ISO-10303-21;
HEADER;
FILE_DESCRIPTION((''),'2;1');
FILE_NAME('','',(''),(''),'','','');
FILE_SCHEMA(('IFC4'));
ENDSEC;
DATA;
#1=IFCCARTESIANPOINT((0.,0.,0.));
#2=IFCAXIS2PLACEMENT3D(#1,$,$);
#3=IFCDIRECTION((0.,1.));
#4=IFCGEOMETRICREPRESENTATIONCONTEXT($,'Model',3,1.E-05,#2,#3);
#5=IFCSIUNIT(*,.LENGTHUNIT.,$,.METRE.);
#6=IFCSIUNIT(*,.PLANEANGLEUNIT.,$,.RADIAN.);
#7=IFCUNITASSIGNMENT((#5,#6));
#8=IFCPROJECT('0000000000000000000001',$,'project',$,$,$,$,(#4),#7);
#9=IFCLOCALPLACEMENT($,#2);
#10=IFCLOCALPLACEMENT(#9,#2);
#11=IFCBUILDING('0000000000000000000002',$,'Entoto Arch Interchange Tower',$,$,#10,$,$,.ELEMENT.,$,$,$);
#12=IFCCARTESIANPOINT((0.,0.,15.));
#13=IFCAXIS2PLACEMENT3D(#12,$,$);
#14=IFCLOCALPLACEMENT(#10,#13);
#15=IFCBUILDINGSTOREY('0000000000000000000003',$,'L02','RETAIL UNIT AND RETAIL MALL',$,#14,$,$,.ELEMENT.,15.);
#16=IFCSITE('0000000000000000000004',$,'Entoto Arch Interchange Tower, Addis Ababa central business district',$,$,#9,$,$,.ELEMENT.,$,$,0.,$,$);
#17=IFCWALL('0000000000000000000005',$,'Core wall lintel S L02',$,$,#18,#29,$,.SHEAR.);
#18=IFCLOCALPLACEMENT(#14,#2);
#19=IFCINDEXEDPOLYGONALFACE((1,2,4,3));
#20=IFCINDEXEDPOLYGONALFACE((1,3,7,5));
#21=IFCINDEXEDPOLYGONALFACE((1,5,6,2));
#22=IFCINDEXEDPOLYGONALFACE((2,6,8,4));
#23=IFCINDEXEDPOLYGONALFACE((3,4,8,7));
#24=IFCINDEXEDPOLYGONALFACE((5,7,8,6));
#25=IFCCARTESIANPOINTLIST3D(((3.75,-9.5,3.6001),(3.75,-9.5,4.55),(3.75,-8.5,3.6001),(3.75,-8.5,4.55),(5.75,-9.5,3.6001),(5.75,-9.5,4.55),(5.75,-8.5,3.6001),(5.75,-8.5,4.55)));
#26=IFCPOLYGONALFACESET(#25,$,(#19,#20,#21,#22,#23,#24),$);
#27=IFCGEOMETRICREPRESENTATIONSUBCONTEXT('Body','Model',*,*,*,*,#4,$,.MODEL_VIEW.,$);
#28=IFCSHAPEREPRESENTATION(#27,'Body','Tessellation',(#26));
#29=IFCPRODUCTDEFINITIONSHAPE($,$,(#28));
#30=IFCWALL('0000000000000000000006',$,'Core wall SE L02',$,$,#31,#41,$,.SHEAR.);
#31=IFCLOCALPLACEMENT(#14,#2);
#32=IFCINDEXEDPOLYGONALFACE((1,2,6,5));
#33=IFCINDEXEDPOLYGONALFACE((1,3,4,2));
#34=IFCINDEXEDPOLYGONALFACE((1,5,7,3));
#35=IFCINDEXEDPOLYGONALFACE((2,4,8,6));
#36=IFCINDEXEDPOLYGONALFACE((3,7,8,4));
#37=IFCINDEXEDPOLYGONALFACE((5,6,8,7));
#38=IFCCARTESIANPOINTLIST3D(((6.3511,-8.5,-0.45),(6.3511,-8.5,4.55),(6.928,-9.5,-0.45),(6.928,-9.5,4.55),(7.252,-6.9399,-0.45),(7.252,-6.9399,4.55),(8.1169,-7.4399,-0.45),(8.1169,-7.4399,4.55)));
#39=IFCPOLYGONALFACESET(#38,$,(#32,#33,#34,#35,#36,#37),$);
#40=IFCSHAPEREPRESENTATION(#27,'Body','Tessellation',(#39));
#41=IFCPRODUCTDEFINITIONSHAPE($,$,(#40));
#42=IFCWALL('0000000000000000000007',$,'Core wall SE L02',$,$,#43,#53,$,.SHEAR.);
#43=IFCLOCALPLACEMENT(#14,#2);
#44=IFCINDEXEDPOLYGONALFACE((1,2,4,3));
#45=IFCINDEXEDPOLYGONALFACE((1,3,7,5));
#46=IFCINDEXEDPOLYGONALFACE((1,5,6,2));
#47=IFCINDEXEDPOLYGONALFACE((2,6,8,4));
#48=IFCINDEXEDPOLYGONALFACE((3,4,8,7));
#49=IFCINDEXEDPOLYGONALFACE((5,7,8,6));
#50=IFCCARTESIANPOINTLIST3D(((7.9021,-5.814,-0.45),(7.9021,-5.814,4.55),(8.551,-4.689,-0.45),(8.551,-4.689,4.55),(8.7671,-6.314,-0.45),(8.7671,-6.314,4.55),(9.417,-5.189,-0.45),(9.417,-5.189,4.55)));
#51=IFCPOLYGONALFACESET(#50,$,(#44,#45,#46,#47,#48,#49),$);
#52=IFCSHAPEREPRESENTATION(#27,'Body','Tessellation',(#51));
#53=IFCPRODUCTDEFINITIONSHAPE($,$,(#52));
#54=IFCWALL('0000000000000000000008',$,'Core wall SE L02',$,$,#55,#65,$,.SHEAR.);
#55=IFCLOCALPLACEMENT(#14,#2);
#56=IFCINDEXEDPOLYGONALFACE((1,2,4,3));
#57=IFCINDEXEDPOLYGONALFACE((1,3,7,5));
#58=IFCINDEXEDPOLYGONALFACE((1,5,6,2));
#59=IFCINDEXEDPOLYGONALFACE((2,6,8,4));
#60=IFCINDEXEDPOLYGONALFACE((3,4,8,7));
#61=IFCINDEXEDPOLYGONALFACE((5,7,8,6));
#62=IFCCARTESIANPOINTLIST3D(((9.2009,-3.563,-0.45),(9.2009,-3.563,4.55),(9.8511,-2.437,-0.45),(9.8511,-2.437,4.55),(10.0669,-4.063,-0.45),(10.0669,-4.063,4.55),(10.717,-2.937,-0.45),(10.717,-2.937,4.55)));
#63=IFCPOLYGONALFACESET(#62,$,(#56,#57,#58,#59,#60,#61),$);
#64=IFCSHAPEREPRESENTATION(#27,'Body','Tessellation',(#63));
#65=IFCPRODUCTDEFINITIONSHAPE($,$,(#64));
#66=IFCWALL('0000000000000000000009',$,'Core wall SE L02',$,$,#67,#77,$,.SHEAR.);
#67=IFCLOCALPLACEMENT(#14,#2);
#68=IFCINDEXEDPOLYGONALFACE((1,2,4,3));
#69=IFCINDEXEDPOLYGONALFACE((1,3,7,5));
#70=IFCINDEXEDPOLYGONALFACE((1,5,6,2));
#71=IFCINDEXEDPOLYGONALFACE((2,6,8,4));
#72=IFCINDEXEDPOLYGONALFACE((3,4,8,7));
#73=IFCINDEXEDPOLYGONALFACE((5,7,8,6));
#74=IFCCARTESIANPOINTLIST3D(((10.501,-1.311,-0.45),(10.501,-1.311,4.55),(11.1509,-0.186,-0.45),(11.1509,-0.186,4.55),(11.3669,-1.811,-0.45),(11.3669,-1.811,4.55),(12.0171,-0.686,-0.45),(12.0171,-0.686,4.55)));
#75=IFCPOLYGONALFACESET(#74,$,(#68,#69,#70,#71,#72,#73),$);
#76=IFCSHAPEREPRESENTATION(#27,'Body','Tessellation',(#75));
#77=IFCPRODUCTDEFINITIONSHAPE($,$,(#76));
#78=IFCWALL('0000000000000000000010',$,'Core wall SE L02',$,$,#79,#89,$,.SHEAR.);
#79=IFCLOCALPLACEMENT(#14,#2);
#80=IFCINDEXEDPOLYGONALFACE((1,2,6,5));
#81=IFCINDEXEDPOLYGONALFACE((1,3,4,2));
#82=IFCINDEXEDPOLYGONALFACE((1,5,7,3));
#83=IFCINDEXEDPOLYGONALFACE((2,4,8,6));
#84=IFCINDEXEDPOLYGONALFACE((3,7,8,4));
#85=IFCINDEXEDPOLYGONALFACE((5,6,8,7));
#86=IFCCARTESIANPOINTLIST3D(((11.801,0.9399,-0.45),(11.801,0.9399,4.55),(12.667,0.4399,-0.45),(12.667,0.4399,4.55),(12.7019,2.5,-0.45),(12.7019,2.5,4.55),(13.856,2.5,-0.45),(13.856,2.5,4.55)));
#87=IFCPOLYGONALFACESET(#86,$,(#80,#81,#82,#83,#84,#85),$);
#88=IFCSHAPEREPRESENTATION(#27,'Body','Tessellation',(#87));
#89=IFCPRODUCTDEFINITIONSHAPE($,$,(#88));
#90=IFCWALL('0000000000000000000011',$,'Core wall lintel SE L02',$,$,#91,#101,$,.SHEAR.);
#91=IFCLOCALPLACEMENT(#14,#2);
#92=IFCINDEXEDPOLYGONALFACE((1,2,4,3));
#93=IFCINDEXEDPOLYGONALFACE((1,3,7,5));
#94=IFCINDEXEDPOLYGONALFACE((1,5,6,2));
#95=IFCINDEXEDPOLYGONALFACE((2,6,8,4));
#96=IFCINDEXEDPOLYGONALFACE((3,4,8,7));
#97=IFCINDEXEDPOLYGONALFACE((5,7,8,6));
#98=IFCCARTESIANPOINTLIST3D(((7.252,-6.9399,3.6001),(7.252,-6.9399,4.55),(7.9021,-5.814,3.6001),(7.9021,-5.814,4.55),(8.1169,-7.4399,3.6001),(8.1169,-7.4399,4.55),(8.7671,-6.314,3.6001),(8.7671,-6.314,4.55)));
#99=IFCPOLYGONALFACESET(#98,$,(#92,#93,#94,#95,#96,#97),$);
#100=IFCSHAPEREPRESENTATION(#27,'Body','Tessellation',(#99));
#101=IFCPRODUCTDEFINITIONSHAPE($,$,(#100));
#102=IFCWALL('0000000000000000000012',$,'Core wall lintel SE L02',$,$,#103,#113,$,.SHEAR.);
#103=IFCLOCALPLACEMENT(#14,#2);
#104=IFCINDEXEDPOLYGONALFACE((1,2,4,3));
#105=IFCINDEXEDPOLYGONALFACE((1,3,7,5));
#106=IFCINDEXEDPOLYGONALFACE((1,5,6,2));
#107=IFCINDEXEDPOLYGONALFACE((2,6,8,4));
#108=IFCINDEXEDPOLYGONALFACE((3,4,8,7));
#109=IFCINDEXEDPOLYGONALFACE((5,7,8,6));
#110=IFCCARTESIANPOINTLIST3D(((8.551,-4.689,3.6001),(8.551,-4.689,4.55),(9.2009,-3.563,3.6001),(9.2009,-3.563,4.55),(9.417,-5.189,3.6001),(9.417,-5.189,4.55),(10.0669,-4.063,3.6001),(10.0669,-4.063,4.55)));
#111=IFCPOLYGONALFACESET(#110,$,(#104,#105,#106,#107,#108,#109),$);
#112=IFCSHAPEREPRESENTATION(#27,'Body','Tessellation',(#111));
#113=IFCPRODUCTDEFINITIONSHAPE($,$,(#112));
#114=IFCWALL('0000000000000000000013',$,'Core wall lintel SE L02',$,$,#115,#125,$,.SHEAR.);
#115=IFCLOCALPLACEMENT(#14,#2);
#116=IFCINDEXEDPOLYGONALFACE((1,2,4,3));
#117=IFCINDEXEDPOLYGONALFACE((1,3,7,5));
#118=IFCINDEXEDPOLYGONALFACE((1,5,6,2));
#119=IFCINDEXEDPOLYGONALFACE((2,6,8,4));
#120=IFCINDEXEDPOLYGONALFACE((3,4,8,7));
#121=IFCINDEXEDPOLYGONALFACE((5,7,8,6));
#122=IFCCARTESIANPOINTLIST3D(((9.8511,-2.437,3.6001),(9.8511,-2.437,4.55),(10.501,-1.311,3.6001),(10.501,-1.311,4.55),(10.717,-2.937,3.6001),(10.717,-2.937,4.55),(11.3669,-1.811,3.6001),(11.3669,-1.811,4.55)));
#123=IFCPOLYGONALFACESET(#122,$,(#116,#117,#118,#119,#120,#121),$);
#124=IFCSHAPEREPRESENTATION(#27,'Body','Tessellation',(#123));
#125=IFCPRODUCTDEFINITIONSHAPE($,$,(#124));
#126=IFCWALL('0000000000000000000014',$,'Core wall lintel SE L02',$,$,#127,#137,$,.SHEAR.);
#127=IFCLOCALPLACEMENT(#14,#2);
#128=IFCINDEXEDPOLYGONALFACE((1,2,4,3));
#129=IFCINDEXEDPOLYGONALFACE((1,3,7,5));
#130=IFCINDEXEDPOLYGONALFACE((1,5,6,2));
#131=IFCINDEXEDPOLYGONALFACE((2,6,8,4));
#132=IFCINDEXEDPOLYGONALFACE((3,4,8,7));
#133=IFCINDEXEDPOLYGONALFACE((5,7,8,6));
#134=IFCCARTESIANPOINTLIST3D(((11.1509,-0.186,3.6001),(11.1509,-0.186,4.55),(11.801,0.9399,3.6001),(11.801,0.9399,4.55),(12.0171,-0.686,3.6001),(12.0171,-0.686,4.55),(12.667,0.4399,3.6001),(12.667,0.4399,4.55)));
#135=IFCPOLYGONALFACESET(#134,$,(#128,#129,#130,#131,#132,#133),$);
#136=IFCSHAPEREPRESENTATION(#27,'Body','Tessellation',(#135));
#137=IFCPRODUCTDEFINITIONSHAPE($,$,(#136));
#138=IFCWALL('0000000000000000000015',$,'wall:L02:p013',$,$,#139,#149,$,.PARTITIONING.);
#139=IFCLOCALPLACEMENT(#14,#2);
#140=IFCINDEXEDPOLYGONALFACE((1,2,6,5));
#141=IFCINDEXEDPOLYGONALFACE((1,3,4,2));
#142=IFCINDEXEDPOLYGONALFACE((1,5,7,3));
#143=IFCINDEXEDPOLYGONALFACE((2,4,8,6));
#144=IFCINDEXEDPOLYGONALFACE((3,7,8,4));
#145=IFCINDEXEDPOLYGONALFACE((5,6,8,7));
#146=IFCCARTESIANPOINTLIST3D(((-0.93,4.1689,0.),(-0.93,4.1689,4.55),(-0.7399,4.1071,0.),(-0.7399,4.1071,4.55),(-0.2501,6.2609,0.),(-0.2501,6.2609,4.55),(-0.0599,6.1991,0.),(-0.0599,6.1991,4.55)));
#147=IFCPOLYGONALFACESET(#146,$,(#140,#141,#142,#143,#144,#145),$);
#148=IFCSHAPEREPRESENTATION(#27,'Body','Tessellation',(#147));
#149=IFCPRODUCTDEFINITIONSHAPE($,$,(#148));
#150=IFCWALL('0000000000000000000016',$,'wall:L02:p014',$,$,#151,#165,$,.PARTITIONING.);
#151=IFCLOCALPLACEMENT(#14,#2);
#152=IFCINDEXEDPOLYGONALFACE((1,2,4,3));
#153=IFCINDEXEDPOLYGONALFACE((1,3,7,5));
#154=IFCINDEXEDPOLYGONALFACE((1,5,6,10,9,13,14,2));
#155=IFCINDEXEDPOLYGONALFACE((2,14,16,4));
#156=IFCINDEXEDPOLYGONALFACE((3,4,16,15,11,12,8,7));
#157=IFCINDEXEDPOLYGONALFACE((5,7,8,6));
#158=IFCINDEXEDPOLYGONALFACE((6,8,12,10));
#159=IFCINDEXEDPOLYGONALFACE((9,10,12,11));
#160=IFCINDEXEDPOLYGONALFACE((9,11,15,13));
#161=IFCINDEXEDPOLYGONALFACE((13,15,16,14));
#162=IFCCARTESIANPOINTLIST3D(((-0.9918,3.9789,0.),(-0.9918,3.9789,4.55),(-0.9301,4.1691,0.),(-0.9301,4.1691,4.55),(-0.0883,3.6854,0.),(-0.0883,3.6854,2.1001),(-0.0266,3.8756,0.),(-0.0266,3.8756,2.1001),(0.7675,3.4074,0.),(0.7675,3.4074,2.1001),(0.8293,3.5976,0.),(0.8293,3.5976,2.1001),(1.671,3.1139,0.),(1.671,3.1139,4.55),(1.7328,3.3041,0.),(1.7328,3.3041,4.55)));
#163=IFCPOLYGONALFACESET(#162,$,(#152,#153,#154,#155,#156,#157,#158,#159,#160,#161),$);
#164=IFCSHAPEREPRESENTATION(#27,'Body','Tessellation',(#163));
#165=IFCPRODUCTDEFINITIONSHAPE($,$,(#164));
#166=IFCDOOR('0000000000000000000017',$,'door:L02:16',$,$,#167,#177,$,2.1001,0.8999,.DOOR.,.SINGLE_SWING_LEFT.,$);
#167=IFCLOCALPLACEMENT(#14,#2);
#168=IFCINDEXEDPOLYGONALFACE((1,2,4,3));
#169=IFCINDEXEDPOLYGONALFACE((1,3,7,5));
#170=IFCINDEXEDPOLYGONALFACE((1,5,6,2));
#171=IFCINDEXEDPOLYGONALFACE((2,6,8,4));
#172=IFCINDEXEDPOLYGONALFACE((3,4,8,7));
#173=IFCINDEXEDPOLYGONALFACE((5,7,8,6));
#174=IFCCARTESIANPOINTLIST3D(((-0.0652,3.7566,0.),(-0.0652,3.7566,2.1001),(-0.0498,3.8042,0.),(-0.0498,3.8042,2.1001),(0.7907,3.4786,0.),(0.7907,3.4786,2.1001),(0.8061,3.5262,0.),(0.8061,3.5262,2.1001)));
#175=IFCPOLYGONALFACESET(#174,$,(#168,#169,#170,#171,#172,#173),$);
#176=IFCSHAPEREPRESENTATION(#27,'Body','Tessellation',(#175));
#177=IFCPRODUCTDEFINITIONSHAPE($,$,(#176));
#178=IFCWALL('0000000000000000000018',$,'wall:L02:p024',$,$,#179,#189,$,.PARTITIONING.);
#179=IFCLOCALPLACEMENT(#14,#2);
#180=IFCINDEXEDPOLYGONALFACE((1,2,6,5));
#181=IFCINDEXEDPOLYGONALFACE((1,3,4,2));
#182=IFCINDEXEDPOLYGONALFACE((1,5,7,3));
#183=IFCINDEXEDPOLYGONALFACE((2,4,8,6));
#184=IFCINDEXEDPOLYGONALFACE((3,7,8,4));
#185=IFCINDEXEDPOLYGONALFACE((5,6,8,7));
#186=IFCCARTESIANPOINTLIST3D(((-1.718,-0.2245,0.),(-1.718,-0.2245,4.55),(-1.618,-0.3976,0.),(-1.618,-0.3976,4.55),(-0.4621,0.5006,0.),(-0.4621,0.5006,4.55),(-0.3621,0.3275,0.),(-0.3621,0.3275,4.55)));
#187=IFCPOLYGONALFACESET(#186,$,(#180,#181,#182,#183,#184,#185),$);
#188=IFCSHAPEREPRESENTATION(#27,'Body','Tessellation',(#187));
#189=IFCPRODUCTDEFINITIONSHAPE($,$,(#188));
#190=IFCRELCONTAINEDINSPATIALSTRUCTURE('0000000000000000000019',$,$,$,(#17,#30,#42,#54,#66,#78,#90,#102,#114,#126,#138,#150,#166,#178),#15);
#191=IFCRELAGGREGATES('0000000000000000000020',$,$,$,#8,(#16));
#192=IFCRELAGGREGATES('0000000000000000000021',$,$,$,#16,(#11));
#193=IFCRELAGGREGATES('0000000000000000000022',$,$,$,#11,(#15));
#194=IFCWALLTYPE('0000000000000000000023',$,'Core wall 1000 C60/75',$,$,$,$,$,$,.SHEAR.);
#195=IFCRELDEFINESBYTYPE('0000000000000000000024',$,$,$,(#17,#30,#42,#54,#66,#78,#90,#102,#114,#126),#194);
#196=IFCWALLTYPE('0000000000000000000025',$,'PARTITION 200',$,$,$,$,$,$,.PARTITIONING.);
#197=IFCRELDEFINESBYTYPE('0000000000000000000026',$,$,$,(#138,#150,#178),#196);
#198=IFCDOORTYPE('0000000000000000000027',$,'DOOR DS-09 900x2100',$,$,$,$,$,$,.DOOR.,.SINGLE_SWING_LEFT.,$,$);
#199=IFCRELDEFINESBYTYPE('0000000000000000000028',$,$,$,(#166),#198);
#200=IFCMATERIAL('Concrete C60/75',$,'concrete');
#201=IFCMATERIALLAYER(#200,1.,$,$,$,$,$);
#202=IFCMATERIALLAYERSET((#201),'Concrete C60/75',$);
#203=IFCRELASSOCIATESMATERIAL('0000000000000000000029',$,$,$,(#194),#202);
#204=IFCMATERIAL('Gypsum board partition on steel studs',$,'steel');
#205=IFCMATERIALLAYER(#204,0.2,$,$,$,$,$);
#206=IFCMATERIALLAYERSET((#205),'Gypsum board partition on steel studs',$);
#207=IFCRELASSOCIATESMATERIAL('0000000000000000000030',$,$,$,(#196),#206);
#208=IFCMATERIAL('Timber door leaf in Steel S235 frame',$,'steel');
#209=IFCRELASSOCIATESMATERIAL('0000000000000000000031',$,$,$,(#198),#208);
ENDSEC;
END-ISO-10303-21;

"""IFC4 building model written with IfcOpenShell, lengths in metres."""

from ifc_helpers import new_model, si_unit, direction, frame, frame_2d, origin, place, context, subcontext, project, spatial, polyline, rectangle, outline, extrude, material, layer, layer_set, type_object, element, fill, save


model = new_model("IFC4")

# Units and contexts
model_context = context("Model", 3, precision=1e-05, world=origin(), true_north=direction((0.0, 1.0)))
body_context = subcontext(model_context, "Body", "Model", "MODEL_VIEW")
ifc_project = project(units=[si_unit("LENGTHUNIT", "METRE"), si_unit("PLANEANGLEUNIT", "RADIAN")], contexts=[model_context])

# Site, building, storey
site_placement = place(None, origin())
site = spatial("IfcSite", under=ifc_project, at=site_placement, Name="Entoto Arch Interchange Tower, Addis Ababa central business district", CompositionType="ELEMENT", RefElevation=0.0)
building_placement = place(site_placement, origin())
building = spatial("IfcBuilding", under=site, at=building_placement, Name="Entoto Arch Interchange Tower", CompositionType="ELEMENT")
storey_placement = place(building_placement, frame((0.0, 0.0, 15.0)))
storey = spatial("IfcBuildingStorey", under=building, at=storey_placement, Name="L02", Description="RETAIL UNIT AND RETAIL MALL", CompositionType="ELEMENT", Elevation=15.0)

# Walls
ifc_material_1 = material(Name="Concrete C60/75", Category="concrete")
ifc_layer_1 = layer(ifc_material_1, 1.0)
ifc_layer_set_1 = layer_set([ifc_layer_1], Name="Concrete C60/75")
wall_type_1 = type_object("IfcWallType", Name="Core wall 1000 C60/75", PredefinedType="SHEAR", material=ifc_layer_set_1)
wall_1_placement = place(storey_placement, frame((0.0, 0.0, 3.6001)))
element("IfcWall", 1, at=wall_1_placement, inside=storey, type_object=wall_type_1, Name="Core wall lintel S L02", PredefinedType="SHEAR", context=body_context, shape_type="SweptSolid", body=[
    extrude(outline(polyline([(5.75, -9.5), (5.75, -8.5), (3.75, -8.5), (3.75, -9.5), (5.75, -9.5)])), origin(), (0.0, 0.0, 1.0), 0.95),
])
wall_2_placement = place(storey_placement, frame((0.0, 0.0, -0.45)))
element("IfcWall", 2, at=wall_2_placement, inside=storey, type_object=wall_type_1, Name="Core wall SE L02", PredefinedType="SHEAR", context=body_context, shape_type="SweptSolid", body=[
    extrude(outline(polyline([(8.1169, -7.4399), (7.252, -6.9399), (6.3511, -8.5), (6.928, -9.5), (8.1169, -7.4399)])), origin(), (0.0, 0.0, 1.0), 5.0),
])
wall_3_placement = place(storey_placement, frame((0.0, 0.0, -0.45)))
element("IfcWall", 3, at=wall_3_placement, inside=storey, type_object=wall_type_1, Name="Core wall SE L02", PredefinedType="SHEAR", context=body_context, shape_type="SweptSolid", body=[
    extrude(outline(polyline([(9.417, -5.189), (8.551, -4.689), (7.9021, -5.814), (8.7671, -6.314), (9.417, -5.189)])), origin(), (0.0, 0.0, 1.0), 5.0),
])
wall_4_placement = place(storey_placement, frame((0.0, 0.0, -0.45)))
element("IfcWall", 4, at=wall_4_placement, inside=storey, type_object=wall_type_1, Name="Core wall SE L02", PredefinedType="SHEAR", context=body_context, shape_type="SweptSolid", body=[
    extrude(outline(polyline([(10.717, -2.937), (9.8511, -2.437), (9.2009, -3.563), (10.0669, -4.063), (10.717, -2.937)])), origin(), (0.0, 0.0, 1.0), 5.0),
])
wall_5_placement = place(storey_placement, frame((0.0, 0.0, -0.45)))
element("IfcWall", 5, at=wall_5_placement, inside=storey, type_object=wall_type_1, Name="Core wall SE L02", PredefinedType="SHEAR", context=body_context, shape_type="SweptSolid", body=[
    extrude(outline(polyline([(12.0171, -0.686), (11.1509, -0.186), (10.501, -1.311), (11.3669, -1.811), (12.0171, -0.686)])), origin(), (0.0, 0.0, 1.0), 5.0),
])
wall_6_placement = place(storey_placement, frame((0.0, 0.0, -0.45)))
element("IfcWall", 6, at=wall_6_placement, inside=storey, type_object=wall_type_1, Name="Core wall SE L02", PredefinedType="SHEAR", context=body_context, shape_type="SweptSolid", body=[
    extrude(outline(polyline([(11.801, 0.9399), (12.667, 0.4399), (13.856, 2.5), (12.7019, 2.5), (11.801, 0.9399)])), origin(), (0.0, 0.0, 1.0), 5.0),
])
wall_7_placement = place(storey_placement, frame((0.0, 0.0, 3.6001)))
element("IfcWall", 7, at=wall_7_placement, inside=storey, type_object=wall_type_1, Name="Core wall lintel SE L02", PredefinedType="SHEAR", context=body_context, shape_type="SweptSolid", body=[
    extrude(outline(polyline([(8.7671, -6.314), (7.9021, -5.814), (7.252, -6.9399), (8.1169, -7.4399), (8.7671, -6.314)])), origin(), (0.0, 0.0, 1.0), 0.95),
])
wall_8_placement = place(storey_placement, frame((0.0, 0.0, 3.6001)))
element("IfcWall", 8, at=wall_8_placement, inside=storey, type_object=wall_type_1, Name="Core wall lintel SE L02", PredefinedType="SHEAR", context=body_context, shape_type="SweptSolid", body=[
    extrude(outline(polyline([(10.0669, -4.063), (9.2009, -3.563), (8.551, -4.689), (9.417, -5.189), (10.0669, -4.063)])), origin(), (0.0, 0.0, 1.0), 0.95),
])
wall_9_placement = place(storey_placement, frame((0.0, 0.0, 3.6001)))
element("IfcWall", 9, at=wall_9_placement, inside=storey, type_object=wall_type_1, Name="Core wall lintel SE L02", PredefinedType="SHEAR", context=body_context, shape_type="SweptSolid", body=[
    extrude(outline(polyline([(11.3669, -1.811), (10.501, -1.311), (9.8511, -2.437), (10.717, -2.937), (11.3669, -1.811)])), origin(), (0.0, 0.0, 1.0), 0.95),
])
wall_10_placement = place(storey_placement, frame((0.0, 0.0, 3.6001)))
element("IfcWall", 10, at=wall_10_placement, inside=storey, type_object=wall_type_1, Name="Core wall lintel SE L02", PredefinedType="SHEAR", context=body_context, shape_type="SweptSolid", body=[
    extrude(outline(polyline([(12.667, 0.4399), (11.801, 0.9399), (11.1509, -0.186), (12.0171, -0.686), (12.667, 0.4399)])), origin(), (0.0, 0.0, 1.0), 0.95),
])
ifc_material_2 = material(Name="Gypsum board partition on steel studs", Category="steel")
ifc_layer_2 = layer(ifc_material_2, 0.2)
ifc_layer_set_2 = layer_set([ifc_layer_2], Name="Gypsum board partition on steel studs")
wall_type_2 = type_object("IfcWallType", Name="PARTITION 200", PredefinedType="PARTITIONING", material=ifc_layer_set_2)
wall_11_placement = place(storey_placement, frame((-0.155, 6.23, 0.0), z_axis=(0.0, 0.0, 1.0), x_axis=(-0.309094, -0.951032, 0.0)))
element("IfcWall", 11, at=wall_11_placement, inside=storey, type_object=wall_type_2, Name="wall:L02:p013", PredefinedType="PARTITIONING", context=body_context, shape_type="SweptSolid", body=[
    extrude(rectangle(XDim=2.1997, YDim=0.2, at=frame_2d((1.0999, 0.0))), origin(), (0.0, 0.0, 1.0), 4.55),
])

# Wall, opening, door
wall_12_placement = place(storey_placement, frame((-0.9609, 4.074, 0.0), z_axis=(0.0, 0.0, 1.0), x_axis=(0.95108, -0.308946, 0.0)))
wall_12 = element("IfcWall", 12, at=wall_12_placement, inside=storey, type_object=wall_type_2, Name="wall:L02:p014", PredefinedType="PARTITIONING", context=body_context, shape_type="SweptSolid", body=[
    extrude(rectangle(XDim=2.7998, YDim=0.2, at=frame_2d((1.3999, 0.0))), origin(), (0.0, 0.0, 1.0), 4.55),
])
opening_1_placement = place(wall_12_placement, frame((0.95, 0.0, 0.0)))
opening_1 = element("IfcOpeningElement", 13, at=opening_1_placement, cuts=wall_12, PredefinedType="OPENING", context=body_context, shape_type="SweptSolid", body=[
    extrude(rectangle(XDim=0.8999, YDim=2.1001, at=frame_2d((0.45, 1.05))), frame((0.0, 0.1099, 0.0), z_axis=(0.0, -1.0, 0.0), x_axis=(1.0, 0.0, 0.0)), (0.0, 0.0, 1.0), 0.22),
])
ifc_material_3 = material(Name="Timber door leaf in Steel S235 frame", Category="steel")
door_type_1 = type_object("IfcDoorType", Name="DOOR DS-09 900x2100", OperationType="SINGLE_SWING_LEFT", PredefinedType="DOOR", material=ifc_material_3)
door_1_placement = place(opening_1_placement, origin())
door_1 = element("IfcDoor", 14, at=door_1_placement, inside=storey, type_object=door_type_1, Name="door:L02:16", OperationType="SINGLE_SWING_LEFT", OverallHeight=2.1001, OverallWidth=0.8999, PredefinedType="DOOR", context=body_context, shape_type="SweptSolid", body=[
    extrude(rectangle(XDim=0.8999, YDim=2.1001, at=frame_2d((0.45, 1.05))), frame((0.0, 0.0249, 0.0), z_axis=(0.0, -1.0, 0.0), x_axis=(1.0, 0.0, 0.0)), (0.0, 0.0, 1.0), 0.05),
])
fill(opening_1, door_1)

# Wall
wall_13_placement = place(storey_placement, frame((-0.4121, 0.4141, 0.0), z_axis=(0.0, 0.0, 1.0), x_axis=(-0.866017, -0.500014, 0.0)))
element("IfcWall", 15, at=wall_13_placement, inside=storey, type_object=wall_type_2, Name="wall:L02:p024", PredefinedType="PARTITIONING", context=body_context, shape_type="SweptSolid", body=[
    extrude(rectangle(XDim=1.4502, YDim=0.2, at=frame_2d((0.7251, 0.0))), origin(), (0.0, 0.0, 1.0), 4.55),
])

save(model, "model.ifc")
